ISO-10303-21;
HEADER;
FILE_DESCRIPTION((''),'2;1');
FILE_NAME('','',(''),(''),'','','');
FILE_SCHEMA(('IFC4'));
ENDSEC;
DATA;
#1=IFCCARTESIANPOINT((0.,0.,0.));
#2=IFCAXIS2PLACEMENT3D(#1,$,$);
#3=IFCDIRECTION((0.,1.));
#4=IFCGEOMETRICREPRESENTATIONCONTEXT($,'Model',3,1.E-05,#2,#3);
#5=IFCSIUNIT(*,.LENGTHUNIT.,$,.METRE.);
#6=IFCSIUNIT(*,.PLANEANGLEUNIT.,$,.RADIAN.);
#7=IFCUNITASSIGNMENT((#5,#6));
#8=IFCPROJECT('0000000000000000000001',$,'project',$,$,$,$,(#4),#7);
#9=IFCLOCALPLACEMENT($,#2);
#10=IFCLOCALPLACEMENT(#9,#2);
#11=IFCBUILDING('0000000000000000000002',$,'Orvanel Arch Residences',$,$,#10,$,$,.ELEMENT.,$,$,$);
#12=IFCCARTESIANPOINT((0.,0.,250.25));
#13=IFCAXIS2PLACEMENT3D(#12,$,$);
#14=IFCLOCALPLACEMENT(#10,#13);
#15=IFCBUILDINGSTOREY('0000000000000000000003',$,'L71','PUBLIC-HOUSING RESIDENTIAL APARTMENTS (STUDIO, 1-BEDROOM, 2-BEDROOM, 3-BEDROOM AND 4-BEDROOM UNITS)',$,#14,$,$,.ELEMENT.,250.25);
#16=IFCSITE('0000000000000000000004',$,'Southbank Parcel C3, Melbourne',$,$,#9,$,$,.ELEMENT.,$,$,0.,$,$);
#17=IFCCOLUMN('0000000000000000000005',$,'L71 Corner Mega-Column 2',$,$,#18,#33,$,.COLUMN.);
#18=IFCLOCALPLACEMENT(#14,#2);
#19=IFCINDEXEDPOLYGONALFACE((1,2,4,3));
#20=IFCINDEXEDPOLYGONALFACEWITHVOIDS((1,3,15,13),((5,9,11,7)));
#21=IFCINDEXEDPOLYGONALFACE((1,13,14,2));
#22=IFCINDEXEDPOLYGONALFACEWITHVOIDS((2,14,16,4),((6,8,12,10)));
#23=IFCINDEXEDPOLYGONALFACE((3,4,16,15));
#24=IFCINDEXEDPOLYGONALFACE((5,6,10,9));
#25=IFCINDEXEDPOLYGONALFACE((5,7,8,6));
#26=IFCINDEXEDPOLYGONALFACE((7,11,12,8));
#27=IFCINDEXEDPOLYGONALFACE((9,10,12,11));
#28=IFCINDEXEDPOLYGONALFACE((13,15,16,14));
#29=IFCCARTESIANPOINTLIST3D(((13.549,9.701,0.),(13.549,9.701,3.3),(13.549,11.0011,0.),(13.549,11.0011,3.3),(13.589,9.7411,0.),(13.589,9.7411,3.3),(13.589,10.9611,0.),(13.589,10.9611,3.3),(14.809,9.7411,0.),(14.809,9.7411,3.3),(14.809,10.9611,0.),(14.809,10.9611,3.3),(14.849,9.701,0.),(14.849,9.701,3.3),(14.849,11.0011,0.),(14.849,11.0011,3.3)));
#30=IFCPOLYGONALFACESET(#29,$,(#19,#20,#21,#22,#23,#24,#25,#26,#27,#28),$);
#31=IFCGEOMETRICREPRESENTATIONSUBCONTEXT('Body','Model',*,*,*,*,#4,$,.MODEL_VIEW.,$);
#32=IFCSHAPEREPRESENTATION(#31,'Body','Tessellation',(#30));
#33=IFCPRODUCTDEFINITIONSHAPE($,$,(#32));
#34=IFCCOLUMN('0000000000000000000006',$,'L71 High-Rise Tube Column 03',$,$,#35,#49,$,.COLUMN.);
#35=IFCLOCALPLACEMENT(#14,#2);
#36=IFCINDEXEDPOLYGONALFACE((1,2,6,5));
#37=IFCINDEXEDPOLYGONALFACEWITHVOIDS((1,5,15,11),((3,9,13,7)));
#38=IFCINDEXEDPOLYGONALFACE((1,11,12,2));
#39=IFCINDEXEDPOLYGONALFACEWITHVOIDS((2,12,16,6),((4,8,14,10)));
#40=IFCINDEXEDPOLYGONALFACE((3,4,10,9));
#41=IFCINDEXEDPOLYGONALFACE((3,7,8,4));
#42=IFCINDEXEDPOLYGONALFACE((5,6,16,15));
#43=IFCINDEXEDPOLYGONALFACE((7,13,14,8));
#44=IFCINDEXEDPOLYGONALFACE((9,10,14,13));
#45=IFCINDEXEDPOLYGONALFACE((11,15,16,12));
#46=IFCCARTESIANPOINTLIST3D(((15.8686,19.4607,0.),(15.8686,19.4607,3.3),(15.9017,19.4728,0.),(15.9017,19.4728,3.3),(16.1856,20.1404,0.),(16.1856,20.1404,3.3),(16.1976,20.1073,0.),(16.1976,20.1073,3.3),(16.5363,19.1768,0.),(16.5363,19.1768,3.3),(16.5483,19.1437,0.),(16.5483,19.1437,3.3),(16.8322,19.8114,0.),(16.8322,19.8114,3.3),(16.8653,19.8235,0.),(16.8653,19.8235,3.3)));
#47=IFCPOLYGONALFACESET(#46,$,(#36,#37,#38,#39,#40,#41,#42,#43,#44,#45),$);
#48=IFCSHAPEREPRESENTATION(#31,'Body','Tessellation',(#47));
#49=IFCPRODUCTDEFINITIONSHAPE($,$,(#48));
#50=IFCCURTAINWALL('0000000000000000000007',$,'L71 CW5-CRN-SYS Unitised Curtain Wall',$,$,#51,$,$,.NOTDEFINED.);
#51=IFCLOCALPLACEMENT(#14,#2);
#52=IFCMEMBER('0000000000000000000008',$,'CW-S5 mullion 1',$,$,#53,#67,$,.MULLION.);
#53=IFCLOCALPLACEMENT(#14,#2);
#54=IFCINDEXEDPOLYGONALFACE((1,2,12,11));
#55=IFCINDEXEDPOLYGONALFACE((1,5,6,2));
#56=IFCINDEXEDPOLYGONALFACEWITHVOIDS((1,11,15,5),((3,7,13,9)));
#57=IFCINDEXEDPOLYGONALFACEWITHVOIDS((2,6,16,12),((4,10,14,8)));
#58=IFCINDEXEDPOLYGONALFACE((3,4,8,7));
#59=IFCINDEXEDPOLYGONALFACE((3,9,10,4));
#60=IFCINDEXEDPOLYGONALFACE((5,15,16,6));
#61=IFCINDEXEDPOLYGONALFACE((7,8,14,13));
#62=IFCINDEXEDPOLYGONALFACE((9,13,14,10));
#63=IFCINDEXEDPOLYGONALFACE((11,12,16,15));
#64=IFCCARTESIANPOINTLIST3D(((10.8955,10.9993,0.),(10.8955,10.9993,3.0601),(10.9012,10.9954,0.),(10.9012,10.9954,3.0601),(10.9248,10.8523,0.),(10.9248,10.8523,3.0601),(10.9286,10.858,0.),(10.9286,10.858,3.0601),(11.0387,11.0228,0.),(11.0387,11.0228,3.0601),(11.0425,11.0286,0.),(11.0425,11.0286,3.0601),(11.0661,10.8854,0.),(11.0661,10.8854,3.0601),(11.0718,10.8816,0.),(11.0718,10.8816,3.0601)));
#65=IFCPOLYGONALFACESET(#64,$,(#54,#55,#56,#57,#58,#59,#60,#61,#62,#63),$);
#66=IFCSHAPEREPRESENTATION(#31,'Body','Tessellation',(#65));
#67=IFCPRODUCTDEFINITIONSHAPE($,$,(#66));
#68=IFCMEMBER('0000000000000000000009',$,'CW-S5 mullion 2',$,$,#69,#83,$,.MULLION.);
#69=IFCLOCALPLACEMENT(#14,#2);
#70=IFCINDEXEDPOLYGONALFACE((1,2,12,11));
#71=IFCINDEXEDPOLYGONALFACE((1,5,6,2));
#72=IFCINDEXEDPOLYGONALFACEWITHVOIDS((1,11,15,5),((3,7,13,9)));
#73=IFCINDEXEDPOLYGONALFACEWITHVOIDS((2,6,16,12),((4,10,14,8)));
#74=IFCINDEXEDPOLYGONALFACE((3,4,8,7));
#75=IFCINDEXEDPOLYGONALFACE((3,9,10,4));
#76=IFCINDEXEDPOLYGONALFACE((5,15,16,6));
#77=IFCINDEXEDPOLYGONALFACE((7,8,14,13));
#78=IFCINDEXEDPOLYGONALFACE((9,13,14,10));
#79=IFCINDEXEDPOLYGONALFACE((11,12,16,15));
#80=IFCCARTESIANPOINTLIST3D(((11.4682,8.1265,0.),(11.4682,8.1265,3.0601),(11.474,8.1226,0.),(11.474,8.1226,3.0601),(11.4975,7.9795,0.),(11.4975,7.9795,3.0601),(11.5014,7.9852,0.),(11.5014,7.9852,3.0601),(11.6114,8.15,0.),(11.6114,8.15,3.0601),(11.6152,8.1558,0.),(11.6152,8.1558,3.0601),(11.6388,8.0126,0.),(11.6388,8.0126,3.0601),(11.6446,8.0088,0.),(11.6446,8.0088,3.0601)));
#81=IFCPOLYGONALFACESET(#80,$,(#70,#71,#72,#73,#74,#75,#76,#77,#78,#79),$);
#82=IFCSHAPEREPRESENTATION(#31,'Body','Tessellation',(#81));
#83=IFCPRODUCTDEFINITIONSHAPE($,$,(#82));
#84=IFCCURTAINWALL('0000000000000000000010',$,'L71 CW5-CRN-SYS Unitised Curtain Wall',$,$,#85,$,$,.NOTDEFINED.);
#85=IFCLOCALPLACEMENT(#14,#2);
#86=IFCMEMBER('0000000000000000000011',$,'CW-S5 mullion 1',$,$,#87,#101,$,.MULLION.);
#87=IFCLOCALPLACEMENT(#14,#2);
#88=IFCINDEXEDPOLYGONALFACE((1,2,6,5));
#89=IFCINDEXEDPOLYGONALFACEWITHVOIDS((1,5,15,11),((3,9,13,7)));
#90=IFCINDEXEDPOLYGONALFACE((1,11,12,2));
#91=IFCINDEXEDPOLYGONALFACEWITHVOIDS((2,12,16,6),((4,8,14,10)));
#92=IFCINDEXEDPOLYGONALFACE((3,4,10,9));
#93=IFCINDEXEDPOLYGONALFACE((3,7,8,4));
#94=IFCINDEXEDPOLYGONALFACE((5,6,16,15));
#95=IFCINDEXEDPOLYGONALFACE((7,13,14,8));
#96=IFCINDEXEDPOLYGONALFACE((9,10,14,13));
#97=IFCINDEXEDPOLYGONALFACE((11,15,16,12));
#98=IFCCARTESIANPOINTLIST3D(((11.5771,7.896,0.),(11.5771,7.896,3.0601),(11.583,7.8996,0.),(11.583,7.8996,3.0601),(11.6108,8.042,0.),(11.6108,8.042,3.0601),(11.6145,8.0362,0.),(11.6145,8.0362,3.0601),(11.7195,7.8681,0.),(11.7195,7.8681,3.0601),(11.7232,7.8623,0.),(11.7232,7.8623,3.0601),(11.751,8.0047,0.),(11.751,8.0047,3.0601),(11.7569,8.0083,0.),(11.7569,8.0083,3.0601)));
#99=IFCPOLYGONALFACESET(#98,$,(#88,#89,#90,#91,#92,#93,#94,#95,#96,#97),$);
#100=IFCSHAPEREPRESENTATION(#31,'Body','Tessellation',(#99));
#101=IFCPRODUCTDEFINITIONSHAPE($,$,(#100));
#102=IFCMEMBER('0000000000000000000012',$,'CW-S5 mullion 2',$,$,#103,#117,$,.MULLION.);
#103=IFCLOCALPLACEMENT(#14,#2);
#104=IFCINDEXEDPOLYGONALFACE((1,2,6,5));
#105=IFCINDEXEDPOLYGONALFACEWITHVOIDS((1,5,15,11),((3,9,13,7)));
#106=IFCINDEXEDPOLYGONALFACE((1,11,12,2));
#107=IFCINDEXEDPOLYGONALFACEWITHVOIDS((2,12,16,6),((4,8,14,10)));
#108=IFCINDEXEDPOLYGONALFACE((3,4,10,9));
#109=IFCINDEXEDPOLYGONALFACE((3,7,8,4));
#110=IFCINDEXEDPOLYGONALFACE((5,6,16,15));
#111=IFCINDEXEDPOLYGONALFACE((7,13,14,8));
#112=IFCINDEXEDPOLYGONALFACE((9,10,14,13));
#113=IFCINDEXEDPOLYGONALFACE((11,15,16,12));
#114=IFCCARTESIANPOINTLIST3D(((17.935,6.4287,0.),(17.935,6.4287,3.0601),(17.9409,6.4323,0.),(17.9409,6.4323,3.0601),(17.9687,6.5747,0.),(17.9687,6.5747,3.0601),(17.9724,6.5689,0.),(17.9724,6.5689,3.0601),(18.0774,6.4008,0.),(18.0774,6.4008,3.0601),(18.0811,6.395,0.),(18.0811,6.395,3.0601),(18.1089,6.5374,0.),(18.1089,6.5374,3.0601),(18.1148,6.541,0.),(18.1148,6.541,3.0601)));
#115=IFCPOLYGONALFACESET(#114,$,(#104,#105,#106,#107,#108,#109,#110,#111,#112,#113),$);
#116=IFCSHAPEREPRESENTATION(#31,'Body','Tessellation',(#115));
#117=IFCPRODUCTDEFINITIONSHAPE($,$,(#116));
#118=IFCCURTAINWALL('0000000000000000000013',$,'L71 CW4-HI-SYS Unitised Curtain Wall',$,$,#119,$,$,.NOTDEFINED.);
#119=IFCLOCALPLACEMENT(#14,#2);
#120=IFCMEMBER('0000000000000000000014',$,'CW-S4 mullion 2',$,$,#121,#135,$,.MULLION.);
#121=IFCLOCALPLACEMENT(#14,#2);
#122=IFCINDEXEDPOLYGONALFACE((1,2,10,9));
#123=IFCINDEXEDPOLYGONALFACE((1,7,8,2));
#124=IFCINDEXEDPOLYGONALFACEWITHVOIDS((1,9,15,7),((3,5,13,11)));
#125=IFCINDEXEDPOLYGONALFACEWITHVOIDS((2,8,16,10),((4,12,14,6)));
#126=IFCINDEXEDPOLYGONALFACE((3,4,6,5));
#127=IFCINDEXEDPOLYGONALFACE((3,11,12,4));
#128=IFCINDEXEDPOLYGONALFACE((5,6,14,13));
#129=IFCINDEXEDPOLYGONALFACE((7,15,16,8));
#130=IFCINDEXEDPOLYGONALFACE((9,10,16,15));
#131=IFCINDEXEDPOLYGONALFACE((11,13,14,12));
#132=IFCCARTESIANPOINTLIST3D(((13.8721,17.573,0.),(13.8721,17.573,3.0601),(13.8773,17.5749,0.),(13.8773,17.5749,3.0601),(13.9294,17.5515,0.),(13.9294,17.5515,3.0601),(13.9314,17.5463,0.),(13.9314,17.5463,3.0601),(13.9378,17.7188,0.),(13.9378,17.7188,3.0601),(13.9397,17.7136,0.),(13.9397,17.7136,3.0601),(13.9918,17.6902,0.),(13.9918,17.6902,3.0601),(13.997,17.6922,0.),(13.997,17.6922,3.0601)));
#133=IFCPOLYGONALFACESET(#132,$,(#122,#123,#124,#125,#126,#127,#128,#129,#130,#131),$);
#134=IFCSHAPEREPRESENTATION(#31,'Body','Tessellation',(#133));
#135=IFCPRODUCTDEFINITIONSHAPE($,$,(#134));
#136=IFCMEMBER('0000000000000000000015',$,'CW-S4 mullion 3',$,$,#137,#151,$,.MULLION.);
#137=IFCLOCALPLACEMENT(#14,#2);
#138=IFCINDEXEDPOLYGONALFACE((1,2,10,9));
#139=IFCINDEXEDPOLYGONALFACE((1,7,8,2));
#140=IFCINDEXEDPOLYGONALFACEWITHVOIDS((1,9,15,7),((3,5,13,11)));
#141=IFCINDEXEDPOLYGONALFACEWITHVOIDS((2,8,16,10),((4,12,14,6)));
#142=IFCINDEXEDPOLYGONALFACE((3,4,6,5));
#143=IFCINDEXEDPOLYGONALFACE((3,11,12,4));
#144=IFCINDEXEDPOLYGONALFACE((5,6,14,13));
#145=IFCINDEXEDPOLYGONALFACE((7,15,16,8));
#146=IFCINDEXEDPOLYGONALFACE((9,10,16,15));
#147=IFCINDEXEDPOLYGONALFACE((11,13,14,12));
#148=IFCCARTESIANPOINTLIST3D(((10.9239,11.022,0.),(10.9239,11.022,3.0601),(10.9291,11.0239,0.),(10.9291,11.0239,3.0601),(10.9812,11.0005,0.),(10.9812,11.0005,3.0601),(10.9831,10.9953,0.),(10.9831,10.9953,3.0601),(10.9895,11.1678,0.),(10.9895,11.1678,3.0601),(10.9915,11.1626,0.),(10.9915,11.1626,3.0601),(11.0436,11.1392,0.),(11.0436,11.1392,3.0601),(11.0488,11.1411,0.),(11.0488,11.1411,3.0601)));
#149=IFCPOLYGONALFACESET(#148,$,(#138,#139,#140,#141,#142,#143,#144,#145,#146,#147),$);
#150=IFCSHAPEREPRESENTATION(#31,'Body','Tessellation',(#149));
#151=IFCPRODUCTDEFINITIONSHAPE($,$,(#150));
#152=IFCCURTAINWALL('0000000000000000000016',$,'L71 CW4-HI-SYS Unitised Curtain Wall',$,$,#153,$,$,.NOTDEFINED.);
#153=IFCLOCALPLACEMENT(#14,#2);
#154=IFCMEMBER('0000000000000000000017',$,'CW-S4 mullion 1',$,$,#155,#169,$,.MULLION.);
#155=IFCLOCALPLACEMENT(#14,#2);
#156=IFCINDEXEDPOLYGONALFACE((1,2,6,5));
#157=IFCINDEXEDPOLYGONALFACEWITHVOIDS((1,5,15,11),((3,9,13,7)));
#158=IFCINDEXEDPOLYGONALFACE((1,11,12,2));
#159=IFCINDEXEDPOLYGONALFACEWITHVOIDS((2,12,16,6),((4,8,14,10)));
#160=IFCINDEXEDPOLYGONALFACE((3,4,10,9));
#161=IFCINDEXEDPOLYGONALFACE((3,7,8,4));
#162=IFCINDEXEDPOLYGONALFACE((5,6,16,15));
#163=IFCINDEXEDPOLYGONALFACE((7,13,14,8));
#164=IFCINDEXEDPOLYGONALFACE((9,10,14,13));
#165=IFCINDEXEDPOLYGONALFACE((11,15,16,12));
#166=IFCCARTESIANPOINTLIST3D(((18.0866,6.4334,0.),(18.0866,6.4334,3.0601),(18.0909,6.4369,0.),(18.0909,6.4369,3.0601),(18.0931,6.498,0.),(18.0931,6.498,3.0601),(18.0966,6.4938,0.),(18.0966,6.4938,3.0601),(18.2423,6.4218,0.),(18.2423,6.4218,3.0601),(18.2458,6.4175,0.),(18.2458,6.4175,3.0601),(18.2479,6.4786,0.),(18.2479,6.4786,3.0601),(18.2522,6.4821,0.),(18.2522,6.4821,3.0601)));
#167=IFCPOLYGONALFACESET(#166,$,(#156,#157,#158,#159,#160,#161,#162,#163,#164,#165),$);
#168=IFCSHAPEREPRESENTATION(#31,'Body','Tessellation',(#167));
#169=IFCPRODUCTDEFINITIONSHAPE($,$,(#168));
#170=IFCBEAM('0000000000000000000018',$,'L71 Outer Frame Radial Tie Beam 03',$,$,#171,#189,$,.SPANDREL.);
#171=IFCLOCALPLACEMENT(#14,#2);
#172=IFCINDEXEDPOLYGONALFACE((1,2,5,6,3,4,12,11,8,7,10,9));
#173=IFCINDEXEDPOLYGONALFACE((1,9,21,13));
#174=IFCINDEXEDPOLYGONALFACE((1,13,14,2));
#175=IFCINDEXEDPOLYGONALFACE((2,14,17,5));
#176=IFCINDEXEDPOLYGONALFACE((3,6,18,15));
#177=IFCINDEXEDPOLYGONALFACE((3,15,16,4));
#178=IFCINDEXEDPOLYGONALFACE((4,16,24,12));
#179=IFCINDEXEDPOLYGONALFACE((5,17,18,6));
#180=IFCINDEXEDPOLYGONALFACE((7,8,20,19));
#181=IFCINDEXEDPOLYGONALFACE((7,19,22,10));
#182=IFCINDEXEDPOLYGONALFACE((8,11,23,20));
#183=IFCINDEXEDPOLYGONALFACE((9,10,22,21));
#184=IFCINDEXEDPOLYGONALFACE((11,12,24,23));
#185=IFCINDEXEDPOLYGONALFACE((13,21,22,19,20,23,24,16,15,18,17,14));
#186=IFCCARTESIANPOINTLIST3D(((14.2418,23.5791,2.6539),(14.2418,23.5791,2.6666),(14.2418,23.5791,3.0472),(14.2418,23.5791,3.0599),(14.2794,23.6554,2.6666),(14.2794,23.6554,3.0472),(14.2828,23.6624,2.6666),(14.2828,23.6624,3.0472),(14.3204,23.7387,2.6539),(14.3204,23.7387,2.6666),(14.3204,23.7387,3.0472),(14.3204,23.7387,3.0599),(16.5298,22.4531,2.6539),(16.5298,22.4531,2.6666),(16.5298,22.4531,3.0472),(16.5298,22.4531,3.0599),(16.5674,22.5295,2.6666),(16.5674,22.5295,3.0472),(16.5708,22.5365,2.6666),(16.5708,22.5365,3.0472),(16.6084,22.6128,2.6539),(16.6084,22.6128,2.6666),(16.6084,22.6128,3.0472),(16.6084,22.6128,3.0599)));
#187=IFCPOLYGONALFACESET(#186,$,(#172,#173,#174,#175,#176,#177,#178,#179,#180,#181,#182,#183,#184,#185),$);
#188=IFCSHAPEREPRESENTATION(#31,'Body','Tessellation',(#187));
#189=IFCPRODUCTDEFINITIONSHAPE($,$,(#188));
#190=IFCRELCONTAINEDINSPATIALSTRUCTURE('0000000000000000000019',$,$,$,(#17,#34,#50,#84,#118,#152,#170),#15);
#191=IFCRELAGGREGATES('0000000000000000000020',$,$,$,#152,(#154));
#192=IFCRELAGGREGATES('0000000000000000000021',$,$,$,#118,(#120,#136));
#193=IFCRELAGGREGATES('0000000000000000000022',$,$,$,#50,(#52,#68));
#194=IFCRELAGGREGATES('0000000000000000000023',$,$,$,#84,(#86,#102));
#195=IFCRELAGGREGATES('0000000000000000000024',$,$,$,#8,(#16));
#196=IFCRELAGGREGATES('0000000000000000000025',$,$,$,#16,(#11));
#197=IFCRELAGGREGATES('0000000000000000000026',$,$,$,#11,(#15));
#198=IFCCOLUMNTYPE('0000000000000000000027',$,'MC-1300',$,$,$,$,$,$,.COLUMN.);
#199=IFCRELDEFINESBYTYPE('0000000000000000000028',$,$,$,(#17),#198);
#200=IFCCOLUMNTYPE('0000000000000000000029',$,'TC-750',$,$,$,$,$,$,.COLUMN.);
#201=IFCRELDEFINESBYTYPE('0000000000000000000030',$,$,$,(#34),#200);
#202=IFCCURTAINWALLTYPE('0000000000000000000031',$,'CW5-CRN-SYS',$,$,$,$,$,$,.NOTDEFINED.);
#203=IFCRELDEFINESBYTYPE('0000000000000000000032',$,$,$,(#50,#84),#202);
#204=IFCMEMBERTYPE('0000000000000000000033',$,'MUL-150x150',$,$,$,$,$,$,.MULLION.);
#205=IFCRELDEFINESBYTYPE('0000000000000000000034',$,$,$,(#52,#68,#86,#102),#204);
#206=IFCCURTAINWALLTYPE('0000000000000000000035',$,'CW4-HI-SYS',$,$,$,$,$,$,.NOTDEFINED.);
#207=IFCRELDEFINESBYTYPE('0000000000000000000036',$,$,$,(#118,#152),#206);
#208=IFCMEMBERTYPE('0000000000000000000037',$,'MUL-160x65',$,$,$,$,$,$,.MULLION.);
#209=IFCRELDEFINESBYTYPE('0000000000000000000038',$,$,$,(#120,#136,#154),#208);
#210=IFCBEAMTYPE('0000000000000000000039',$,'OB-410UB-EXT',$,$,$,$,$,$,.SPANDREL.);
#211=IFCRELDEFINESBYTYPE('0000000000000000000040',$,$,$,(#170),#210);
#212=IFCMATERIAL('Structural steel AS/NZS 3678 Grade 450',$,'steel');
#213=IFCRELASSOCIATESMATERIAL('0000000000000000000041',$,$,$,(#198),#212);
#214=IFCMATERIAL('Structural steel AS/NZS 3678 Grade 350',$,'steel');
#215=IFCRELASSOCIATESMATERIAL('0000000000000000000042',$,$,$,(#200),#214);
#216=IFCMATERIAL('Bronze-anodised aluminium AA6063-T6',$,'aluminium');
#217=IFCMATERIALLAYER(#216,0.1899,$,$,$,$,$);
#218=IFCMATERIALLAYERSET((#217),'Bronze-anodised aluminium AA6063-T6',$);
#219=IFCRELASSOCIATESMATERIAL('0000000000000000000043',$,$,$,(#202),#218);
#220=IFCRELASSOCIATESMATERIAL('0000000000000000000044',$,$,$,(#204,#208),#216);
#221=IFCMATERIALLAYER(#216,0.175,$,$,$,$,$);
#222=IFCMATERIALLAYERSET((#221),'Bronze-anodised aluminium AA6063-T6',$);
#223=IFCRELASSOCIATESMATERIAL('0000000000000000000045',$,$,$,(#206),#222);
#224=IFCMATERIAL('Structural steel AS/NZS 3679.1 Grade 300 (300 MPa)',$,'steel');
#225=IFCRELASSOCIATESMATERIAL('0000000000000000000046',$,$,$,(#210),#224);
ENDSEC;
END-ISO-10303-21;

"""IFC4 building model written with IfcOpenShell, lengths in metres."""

from ifc_helpers import new_model, si_unit, direction, frame, origin, origin_2d, place, context, subcontext, project, spatial, hollow_rectangle, i_section, extrude, material, layer, layer_set, material_profile, profile_set, type_object, element, aggregate, save


model = new_model("IFC4")

# Units and contexts
model_context = context("Model", 3, precision=1e-05, world=origin(), true_north=direction((0.0, 1.0)))
body_context = subcontext(model_context, "Body", "Model", "MODEL_VIEW")
ifc_project = project(units=[si_unit("LENGTHUNIT", "METRE"), si_unit("PLANEANGLEUNIT", "RADIAN")], contexts=[model_context])

# Site, building, storey
site_placement = place(None, origin())
site = spatial("IfcSite", under=ifc_project, at=site_placement, Name="Southbank Parcel C3, Melbourne", CompositionType="ELEMENT", RefElevation=0.0)
building_placement = place(site_placement, origin())
building = spatial("IfcBuilding", under=site, at=building_placement, Name="Orvanel Arch Residences", CompositionType="ELEMENT")
storey_placement = place(building_placement, frame((0.0, 0.0, 250.25)))
storey = spatial("IfcBuildingStorey", under=building, at=storey_placement, Name="L71", Description="PUBLIC-HOUSING RESIDENTIAL APARTMENTS (STUDIO, 1-BEDROOM, 2-BEDROOM, 3-BEDROOM AND 4-BEDROOM UNITS)", CompositionType="ELEMENT", Elevation=250.25)

# Columns
ifc_material_1 = material(Name="Structural steel AS/NZS 3678 Grade 450", Category="steel")
ifc_material_profile_1 = material_profile(ifc_material_1, hollow_rectangle(XDim=1.3, YDim=1.3, WallThickness=0.04, at=origin_2d()), Name="BOX1300x1300x40")
ifc_profile_set_1 = profile_set([ifc_material_profile_1], Name="Structural steel AS/NZS 3678 Grade 450")
column_type_1 = type_object("IfcColumnType", Name="MC-1300", PredefinedType="COLUMN", material=ifc_profile_set_1)
column_1_placement = place(storey_placement, frame((14.199, 10.3511, 0.0), z_axis=(0.0, 0.0, 1.0), x_axis=(1.0, 0.0, 0.0)))
element("IfcColumn", 1, at=column_1_placement, inside=storey, type_object=column_type_1, Name="L71 Corner Mega-Column 2", PredefinedType="COLUMN", context=body_context, shape_type="SweptSolid", body=[
    extrude(hollow_rectangle(XDim=1.3, YDim=1.3, WallThickness=0.04, at=origin_2d()), origin(), (0.0, 0.0, 1.0), 3.3),
])
ifc_material_2 = material(Name="Structural steel AS/NZS 3678 Grade 350", Category="steel")
ifc_material_profile_2 = material_profile(ifc_material_2, hollow_rectangle(XDim=0.75, YDim=0.75, WallThickness=0.0249, at=origin_2d()), Name="BOX750x750x25")
ifc_profile_set_2 = profile_set([ifc_material_profile_2], Name="Structural steel AS/NZS 3678 Grade 350")
column_type_2 = type_object("IfcColumnType", Name="TC-750", PredefinedType="COLUMN", material=ifc_profile_set_2)
column_2_placement = place(storey_placement, frame((16.3669, 19.6421, 0.0), z_axis=(0.0, 0.0, 1.0), x_axis=(0.422618, 0.906308, 0.0)))
element("IfcColumn", 2, at=column_2_placement, inside=storey, type_object=column_type_2, Name="L71 High-Rise Tube Column 03", PredefinedType="COLUMN", context=body_context, shape_type="SweptSolid", body=[
    extrude(hollow_rectangle(XDim=0.75, YDim=0.75, WallThickness=0.0249, at=origin_2d()), origin(), (0.0, 0.0, 1.0), 3.3),
])

# Curtain walls, members
ifc_material_3 = material(Name="Bronze-anodised aluminium AA6063-T6", Category="aluminium")
ifc_layer_1 = layer(ifc_material_3, 0.1899)
ifc_layer_set_1 = layer_set([ifc_layer_1], Name="Bronze-anodised aluminium AA6063-T6")
curtain_wall_type_1 = type_object("IfcCurtainWallType", Name="CW5-CRN-SYS", PredefinedType="NOTDEFINED", material=ifc_layer_set_1)
curtain_wall_1_placement = place(storey_placement, origin())
curtain_wall_1 = element("IfcCurtainWall", 3, at=curtain_wall_1_placement, inside=storey, type_object=curtain_wall_type_1, Name="L71 CW5-CRN-SYS Unitised Curtain Wall", PredefinedType="NOTDEFINED")
ifc_material_profile_3 = material_profile(ifc_material_3, hollow_rectangle(XDim=0.1499, YDim=0.1499, WallThickness=0.0049, at=origin_2d()), Name="ALU150x150x5")
ifc_profile_set_3 = profile_set([ifc_material_profile_3], Name="Bronze-anodised aluminium AA6063-T6")
member_type_1 = type_object("IfcMemberType", Name="MUL-150x150", PredefinedType="MULLION", material=ifc_profile_set_3)
member_1_placement = place(storey_placement, frame((10.9836, 10.9404, 0.0), z_axis=(0.0, 0.0, 1.0), x_axis=(0.980705, 0.195492, 0.0)))
member_1 = element("IfcMember", 4, at=member_1_placement, type_object=member_type_1, Name="CW-S5 mullion 1", PredefinedType="MULLION", context=body_context, shape_type="SweptSolid", body=[
    extrude(hollow_rectangle(XDim=0.1499, YDim=0.1499, WallThickness=0.0049, at=origin_2d()), origin(), (0.0, 0.0, 1.0), 3.0601),
])
member_2_placement = place(storey_placement, frame((11.5564, 8.0676, 0.0), z_axis=(0.0, 0.0, 1.0), x_axis=(0.980705, 0.195492, 0.0)))
member_2 = element("IfcMember", 5, at=member_2_placement, type_object=member_type_1, Name="CW-S5 mullion 2", PredefinedType="MULLION", context=body_context, shape_type="SweptSolid", body=[
    extrude(hollow_rectangle(XDim=0.1499, YDim=0.1499, WallThickness=0.0049, at=origin_2d()), origin(), (0.0, 0.0, 1.0), 3.0601),
])
curtain_wall_2_placement = place(storey_placement, origin())
curtain_wall_2 = element("IfcCurtainWall", 6, at=curtain_wall_2_placement, inside=storey, type_object=curtain_wall_type_1, Name="L71 CW5-CRN-SYS Unitised Curtain Wall", PredefinedType="NOTDEFINED")
member_3_placement = place(storey_placement, frame((11.667, 7.9521, 0.0), z_axis=(0.0, 0.0, 1.0), x_axis=(0.22487, 0.974389, 0.0)))
member_3 = element("IfcMember", 7, at=member_3_placement, type_object=member_type_1, Name="CW-S5 mullion 1", PredefinedType="MULLION", context=body_context, shape_type="SweptSolid", body=[
    extrude(hollow_rectangle(XDim=0.1499, YDim=0.1499, WallThickness=0.0049, at=origin_2d()), origin(), (0.0, 0.0, 1.0), 3.0601),
])
member_4_placement = place(storey_placement, frame((18.0249, 6.4849, 0.0), z_axis=(0.0, 0.0, 1.0), x_axis=(0.22487, 0.974389, 0.0)))
member_4 = element("IfcMember", 8, at=member_4_placement, type_object=member_type_1, Name="CW-S5 mullion 2", PredefinedType="MULLION", context=body_context, shape_type="SweptSolid", body=[
    extrude(hollow_rectangle(XDim=0.1499, YDim=0.1499, WallThickness=0.0049, at=origin_2d()), origin(), (0.0, 0.0, 1.0), 3.0601),
])
ifc_layer_2 = layer(ifc_material_3, 0.175)
ifc_layer_set_2 = layer_set([ifc_layer_2], Name="Bronze-anodised aluminium AA6063-T6")
curtain_wall_type_2 = type_object("IfcCurtainWallType", Name="CW4-HI-SYS", PredefinedType="NOTDEFINED", material=ifc_layer_set_2)
curtain_wall_3_placement = place(storey_placement, origin())
curtain_wall_3 = element("IfcCurtainWall", 9, at=curtain_wall_3_placement, inside=storey, type_object=curtain_wall_type_2, Name="L71 CW4-HI-SYS Unitised Curtain Wall", PredefinedType="NOTDEFINED")
ifc_material_profile_4 = material_profile(ifc_material_3, hollow_rectangle(XDim=0.0649, YDim=0.1599, WallThickness=0.0039, at=origin_2d()), Name="ALU160x65x4")
ifc_profile_set_4 = profile_set([ifc_material_profile_4], Name="Bronze-anodised aluminium AA6063-T6")
member_type_2 = type_object("IfcMemberType", Name="MUL-160x65", PredefinedType="MULLION", material=ifc_profile_set_4)
member_5_placement = place(storey_placement, frame((13.9346, 17.6326, 0.0), z_axis=(0.0, 0.0, 1.0), x_axis=(0.911907, -0.410396, 0.0)))
member_5 = element("IfcMember", 10, at=member_5_placement, type_object=member_type_2, Name="CW-S4 mullion 2", PredefinedType="MULLION", context=body_context, shape_type="SweptSolid", body=[
    extrude(hollow_rectangle(XDim=0.0649, YDim=0.1599, WallThickness=0.0039, at=origin_2d()), origin(), (0.0, 0.0, 1.0), 3.0601),
])
member_6_placement = place(storey_placement, frame((10.9863, 11.0815, 0.0), z_axis=(0.0, 0.0, 1.0), x_axis=(0.911907, -0.410396, 0.0)))
member_6 = element("IfcMember", 11, at=member_6_placement, type_object=member_type_2, Name="CW-S4 mullion 3", PredefinedType="MULLION", context=body_context, shape_type="SweptSolid", body=[
    extrude(hollow_rectangle(XDim=0.0649, YDim=0.1599, WallThickness=0.0039, at=origin_2d()), origin(), (0.0, 0.0, 1.0), 3.0601),
])

# Curtain wall, member
curtain_wall_4_placement = place(storey_placement, origin())
curtain_wall_4 = element("IfcCurtainWall", 12, at=curtain_wall_4_placement, inside=storey, type_object=curtain_wall_type_2, Name="L71 CW4-HI-SYS Unitised Curtain Wall", PredefinedType="NOTDEFINED")
member_7_placement = place(storey_placement, frame((18.1694, 6.4578, 0.0), z_axis=(0.0, 0.0, 1.0), x_axis=(0.099583, 0.995029, 0.0)))
member_7 = element("IfcMember", 13, at=member_7_placement, type_object=member_type_2, Name="CW-S4 mullion 1", PredefinedType="MULLION", context=body_context, shape_type="SweptSolid", body=[
    extrude(hollow_rectangle(XDim=0.0649, YDim=0.1599, WallThickness=0.0039, at=origin_2d()), origin(), (0.0, 0.0, 1.0), 3.0601),
])
aggregate(curtain_wall_4, [member_7])

# Beam
ifc_material_4 = material(Name="Structural steel AS/NZS 3679.1 Grade 300 (300 MPa)", Category="steel")
ifc_material_profile_5 = material_profile(ifc_material_4, i_section(OverallWidth=0.178, OverallDepth=0.406, WebThickness=0.0078, FlangeThickness=0.0127, at=origin_2d()), Name="410UB59.7")
ifc_profile_set_5 = profile_set([ifc_material_profile_5], Name="Structural steel AS/NZS 3679.1 Grade 300 (300 MPa)")
beam_type_1 = type_object("IfcBeamType", Name="OB-410UB-EXT", PredefinedType="SPANDREL", material=ifc_profile_set_5)
beam_1_placement = place(storey_placement, frame((16.5691, 22.533, 2.8569), z_axis=(-0.897243, 0.441537, 0.0), x_axis=(-0.441537, -0.897243, 0.0)))
element("IfcBeam", 14, at=beam_1_placement, inside=storey, type_object=beam_type_1, Name="L71 Outer Frame Radial Tie Beam 03", PredefinedType="SPANDREL", context=body_context, shape_type="SweptSolid", body=[
    extrude(i_section(OverallWidth=0.178, OverallDepth=0.406, WebThickness=0.0078, FlangeThickness=0.0127, at=origin_2d()), origin(), (0.0, 0.0, 1.0), 2.55),
])

aggregate(curtain_wall_3, [member_5, member_6])
aggregate(curtain_wall_1, [member_1, member_2])
aggregate(curtain_wall_2, [member_3, member_4])

save(model, "model.ifc")
